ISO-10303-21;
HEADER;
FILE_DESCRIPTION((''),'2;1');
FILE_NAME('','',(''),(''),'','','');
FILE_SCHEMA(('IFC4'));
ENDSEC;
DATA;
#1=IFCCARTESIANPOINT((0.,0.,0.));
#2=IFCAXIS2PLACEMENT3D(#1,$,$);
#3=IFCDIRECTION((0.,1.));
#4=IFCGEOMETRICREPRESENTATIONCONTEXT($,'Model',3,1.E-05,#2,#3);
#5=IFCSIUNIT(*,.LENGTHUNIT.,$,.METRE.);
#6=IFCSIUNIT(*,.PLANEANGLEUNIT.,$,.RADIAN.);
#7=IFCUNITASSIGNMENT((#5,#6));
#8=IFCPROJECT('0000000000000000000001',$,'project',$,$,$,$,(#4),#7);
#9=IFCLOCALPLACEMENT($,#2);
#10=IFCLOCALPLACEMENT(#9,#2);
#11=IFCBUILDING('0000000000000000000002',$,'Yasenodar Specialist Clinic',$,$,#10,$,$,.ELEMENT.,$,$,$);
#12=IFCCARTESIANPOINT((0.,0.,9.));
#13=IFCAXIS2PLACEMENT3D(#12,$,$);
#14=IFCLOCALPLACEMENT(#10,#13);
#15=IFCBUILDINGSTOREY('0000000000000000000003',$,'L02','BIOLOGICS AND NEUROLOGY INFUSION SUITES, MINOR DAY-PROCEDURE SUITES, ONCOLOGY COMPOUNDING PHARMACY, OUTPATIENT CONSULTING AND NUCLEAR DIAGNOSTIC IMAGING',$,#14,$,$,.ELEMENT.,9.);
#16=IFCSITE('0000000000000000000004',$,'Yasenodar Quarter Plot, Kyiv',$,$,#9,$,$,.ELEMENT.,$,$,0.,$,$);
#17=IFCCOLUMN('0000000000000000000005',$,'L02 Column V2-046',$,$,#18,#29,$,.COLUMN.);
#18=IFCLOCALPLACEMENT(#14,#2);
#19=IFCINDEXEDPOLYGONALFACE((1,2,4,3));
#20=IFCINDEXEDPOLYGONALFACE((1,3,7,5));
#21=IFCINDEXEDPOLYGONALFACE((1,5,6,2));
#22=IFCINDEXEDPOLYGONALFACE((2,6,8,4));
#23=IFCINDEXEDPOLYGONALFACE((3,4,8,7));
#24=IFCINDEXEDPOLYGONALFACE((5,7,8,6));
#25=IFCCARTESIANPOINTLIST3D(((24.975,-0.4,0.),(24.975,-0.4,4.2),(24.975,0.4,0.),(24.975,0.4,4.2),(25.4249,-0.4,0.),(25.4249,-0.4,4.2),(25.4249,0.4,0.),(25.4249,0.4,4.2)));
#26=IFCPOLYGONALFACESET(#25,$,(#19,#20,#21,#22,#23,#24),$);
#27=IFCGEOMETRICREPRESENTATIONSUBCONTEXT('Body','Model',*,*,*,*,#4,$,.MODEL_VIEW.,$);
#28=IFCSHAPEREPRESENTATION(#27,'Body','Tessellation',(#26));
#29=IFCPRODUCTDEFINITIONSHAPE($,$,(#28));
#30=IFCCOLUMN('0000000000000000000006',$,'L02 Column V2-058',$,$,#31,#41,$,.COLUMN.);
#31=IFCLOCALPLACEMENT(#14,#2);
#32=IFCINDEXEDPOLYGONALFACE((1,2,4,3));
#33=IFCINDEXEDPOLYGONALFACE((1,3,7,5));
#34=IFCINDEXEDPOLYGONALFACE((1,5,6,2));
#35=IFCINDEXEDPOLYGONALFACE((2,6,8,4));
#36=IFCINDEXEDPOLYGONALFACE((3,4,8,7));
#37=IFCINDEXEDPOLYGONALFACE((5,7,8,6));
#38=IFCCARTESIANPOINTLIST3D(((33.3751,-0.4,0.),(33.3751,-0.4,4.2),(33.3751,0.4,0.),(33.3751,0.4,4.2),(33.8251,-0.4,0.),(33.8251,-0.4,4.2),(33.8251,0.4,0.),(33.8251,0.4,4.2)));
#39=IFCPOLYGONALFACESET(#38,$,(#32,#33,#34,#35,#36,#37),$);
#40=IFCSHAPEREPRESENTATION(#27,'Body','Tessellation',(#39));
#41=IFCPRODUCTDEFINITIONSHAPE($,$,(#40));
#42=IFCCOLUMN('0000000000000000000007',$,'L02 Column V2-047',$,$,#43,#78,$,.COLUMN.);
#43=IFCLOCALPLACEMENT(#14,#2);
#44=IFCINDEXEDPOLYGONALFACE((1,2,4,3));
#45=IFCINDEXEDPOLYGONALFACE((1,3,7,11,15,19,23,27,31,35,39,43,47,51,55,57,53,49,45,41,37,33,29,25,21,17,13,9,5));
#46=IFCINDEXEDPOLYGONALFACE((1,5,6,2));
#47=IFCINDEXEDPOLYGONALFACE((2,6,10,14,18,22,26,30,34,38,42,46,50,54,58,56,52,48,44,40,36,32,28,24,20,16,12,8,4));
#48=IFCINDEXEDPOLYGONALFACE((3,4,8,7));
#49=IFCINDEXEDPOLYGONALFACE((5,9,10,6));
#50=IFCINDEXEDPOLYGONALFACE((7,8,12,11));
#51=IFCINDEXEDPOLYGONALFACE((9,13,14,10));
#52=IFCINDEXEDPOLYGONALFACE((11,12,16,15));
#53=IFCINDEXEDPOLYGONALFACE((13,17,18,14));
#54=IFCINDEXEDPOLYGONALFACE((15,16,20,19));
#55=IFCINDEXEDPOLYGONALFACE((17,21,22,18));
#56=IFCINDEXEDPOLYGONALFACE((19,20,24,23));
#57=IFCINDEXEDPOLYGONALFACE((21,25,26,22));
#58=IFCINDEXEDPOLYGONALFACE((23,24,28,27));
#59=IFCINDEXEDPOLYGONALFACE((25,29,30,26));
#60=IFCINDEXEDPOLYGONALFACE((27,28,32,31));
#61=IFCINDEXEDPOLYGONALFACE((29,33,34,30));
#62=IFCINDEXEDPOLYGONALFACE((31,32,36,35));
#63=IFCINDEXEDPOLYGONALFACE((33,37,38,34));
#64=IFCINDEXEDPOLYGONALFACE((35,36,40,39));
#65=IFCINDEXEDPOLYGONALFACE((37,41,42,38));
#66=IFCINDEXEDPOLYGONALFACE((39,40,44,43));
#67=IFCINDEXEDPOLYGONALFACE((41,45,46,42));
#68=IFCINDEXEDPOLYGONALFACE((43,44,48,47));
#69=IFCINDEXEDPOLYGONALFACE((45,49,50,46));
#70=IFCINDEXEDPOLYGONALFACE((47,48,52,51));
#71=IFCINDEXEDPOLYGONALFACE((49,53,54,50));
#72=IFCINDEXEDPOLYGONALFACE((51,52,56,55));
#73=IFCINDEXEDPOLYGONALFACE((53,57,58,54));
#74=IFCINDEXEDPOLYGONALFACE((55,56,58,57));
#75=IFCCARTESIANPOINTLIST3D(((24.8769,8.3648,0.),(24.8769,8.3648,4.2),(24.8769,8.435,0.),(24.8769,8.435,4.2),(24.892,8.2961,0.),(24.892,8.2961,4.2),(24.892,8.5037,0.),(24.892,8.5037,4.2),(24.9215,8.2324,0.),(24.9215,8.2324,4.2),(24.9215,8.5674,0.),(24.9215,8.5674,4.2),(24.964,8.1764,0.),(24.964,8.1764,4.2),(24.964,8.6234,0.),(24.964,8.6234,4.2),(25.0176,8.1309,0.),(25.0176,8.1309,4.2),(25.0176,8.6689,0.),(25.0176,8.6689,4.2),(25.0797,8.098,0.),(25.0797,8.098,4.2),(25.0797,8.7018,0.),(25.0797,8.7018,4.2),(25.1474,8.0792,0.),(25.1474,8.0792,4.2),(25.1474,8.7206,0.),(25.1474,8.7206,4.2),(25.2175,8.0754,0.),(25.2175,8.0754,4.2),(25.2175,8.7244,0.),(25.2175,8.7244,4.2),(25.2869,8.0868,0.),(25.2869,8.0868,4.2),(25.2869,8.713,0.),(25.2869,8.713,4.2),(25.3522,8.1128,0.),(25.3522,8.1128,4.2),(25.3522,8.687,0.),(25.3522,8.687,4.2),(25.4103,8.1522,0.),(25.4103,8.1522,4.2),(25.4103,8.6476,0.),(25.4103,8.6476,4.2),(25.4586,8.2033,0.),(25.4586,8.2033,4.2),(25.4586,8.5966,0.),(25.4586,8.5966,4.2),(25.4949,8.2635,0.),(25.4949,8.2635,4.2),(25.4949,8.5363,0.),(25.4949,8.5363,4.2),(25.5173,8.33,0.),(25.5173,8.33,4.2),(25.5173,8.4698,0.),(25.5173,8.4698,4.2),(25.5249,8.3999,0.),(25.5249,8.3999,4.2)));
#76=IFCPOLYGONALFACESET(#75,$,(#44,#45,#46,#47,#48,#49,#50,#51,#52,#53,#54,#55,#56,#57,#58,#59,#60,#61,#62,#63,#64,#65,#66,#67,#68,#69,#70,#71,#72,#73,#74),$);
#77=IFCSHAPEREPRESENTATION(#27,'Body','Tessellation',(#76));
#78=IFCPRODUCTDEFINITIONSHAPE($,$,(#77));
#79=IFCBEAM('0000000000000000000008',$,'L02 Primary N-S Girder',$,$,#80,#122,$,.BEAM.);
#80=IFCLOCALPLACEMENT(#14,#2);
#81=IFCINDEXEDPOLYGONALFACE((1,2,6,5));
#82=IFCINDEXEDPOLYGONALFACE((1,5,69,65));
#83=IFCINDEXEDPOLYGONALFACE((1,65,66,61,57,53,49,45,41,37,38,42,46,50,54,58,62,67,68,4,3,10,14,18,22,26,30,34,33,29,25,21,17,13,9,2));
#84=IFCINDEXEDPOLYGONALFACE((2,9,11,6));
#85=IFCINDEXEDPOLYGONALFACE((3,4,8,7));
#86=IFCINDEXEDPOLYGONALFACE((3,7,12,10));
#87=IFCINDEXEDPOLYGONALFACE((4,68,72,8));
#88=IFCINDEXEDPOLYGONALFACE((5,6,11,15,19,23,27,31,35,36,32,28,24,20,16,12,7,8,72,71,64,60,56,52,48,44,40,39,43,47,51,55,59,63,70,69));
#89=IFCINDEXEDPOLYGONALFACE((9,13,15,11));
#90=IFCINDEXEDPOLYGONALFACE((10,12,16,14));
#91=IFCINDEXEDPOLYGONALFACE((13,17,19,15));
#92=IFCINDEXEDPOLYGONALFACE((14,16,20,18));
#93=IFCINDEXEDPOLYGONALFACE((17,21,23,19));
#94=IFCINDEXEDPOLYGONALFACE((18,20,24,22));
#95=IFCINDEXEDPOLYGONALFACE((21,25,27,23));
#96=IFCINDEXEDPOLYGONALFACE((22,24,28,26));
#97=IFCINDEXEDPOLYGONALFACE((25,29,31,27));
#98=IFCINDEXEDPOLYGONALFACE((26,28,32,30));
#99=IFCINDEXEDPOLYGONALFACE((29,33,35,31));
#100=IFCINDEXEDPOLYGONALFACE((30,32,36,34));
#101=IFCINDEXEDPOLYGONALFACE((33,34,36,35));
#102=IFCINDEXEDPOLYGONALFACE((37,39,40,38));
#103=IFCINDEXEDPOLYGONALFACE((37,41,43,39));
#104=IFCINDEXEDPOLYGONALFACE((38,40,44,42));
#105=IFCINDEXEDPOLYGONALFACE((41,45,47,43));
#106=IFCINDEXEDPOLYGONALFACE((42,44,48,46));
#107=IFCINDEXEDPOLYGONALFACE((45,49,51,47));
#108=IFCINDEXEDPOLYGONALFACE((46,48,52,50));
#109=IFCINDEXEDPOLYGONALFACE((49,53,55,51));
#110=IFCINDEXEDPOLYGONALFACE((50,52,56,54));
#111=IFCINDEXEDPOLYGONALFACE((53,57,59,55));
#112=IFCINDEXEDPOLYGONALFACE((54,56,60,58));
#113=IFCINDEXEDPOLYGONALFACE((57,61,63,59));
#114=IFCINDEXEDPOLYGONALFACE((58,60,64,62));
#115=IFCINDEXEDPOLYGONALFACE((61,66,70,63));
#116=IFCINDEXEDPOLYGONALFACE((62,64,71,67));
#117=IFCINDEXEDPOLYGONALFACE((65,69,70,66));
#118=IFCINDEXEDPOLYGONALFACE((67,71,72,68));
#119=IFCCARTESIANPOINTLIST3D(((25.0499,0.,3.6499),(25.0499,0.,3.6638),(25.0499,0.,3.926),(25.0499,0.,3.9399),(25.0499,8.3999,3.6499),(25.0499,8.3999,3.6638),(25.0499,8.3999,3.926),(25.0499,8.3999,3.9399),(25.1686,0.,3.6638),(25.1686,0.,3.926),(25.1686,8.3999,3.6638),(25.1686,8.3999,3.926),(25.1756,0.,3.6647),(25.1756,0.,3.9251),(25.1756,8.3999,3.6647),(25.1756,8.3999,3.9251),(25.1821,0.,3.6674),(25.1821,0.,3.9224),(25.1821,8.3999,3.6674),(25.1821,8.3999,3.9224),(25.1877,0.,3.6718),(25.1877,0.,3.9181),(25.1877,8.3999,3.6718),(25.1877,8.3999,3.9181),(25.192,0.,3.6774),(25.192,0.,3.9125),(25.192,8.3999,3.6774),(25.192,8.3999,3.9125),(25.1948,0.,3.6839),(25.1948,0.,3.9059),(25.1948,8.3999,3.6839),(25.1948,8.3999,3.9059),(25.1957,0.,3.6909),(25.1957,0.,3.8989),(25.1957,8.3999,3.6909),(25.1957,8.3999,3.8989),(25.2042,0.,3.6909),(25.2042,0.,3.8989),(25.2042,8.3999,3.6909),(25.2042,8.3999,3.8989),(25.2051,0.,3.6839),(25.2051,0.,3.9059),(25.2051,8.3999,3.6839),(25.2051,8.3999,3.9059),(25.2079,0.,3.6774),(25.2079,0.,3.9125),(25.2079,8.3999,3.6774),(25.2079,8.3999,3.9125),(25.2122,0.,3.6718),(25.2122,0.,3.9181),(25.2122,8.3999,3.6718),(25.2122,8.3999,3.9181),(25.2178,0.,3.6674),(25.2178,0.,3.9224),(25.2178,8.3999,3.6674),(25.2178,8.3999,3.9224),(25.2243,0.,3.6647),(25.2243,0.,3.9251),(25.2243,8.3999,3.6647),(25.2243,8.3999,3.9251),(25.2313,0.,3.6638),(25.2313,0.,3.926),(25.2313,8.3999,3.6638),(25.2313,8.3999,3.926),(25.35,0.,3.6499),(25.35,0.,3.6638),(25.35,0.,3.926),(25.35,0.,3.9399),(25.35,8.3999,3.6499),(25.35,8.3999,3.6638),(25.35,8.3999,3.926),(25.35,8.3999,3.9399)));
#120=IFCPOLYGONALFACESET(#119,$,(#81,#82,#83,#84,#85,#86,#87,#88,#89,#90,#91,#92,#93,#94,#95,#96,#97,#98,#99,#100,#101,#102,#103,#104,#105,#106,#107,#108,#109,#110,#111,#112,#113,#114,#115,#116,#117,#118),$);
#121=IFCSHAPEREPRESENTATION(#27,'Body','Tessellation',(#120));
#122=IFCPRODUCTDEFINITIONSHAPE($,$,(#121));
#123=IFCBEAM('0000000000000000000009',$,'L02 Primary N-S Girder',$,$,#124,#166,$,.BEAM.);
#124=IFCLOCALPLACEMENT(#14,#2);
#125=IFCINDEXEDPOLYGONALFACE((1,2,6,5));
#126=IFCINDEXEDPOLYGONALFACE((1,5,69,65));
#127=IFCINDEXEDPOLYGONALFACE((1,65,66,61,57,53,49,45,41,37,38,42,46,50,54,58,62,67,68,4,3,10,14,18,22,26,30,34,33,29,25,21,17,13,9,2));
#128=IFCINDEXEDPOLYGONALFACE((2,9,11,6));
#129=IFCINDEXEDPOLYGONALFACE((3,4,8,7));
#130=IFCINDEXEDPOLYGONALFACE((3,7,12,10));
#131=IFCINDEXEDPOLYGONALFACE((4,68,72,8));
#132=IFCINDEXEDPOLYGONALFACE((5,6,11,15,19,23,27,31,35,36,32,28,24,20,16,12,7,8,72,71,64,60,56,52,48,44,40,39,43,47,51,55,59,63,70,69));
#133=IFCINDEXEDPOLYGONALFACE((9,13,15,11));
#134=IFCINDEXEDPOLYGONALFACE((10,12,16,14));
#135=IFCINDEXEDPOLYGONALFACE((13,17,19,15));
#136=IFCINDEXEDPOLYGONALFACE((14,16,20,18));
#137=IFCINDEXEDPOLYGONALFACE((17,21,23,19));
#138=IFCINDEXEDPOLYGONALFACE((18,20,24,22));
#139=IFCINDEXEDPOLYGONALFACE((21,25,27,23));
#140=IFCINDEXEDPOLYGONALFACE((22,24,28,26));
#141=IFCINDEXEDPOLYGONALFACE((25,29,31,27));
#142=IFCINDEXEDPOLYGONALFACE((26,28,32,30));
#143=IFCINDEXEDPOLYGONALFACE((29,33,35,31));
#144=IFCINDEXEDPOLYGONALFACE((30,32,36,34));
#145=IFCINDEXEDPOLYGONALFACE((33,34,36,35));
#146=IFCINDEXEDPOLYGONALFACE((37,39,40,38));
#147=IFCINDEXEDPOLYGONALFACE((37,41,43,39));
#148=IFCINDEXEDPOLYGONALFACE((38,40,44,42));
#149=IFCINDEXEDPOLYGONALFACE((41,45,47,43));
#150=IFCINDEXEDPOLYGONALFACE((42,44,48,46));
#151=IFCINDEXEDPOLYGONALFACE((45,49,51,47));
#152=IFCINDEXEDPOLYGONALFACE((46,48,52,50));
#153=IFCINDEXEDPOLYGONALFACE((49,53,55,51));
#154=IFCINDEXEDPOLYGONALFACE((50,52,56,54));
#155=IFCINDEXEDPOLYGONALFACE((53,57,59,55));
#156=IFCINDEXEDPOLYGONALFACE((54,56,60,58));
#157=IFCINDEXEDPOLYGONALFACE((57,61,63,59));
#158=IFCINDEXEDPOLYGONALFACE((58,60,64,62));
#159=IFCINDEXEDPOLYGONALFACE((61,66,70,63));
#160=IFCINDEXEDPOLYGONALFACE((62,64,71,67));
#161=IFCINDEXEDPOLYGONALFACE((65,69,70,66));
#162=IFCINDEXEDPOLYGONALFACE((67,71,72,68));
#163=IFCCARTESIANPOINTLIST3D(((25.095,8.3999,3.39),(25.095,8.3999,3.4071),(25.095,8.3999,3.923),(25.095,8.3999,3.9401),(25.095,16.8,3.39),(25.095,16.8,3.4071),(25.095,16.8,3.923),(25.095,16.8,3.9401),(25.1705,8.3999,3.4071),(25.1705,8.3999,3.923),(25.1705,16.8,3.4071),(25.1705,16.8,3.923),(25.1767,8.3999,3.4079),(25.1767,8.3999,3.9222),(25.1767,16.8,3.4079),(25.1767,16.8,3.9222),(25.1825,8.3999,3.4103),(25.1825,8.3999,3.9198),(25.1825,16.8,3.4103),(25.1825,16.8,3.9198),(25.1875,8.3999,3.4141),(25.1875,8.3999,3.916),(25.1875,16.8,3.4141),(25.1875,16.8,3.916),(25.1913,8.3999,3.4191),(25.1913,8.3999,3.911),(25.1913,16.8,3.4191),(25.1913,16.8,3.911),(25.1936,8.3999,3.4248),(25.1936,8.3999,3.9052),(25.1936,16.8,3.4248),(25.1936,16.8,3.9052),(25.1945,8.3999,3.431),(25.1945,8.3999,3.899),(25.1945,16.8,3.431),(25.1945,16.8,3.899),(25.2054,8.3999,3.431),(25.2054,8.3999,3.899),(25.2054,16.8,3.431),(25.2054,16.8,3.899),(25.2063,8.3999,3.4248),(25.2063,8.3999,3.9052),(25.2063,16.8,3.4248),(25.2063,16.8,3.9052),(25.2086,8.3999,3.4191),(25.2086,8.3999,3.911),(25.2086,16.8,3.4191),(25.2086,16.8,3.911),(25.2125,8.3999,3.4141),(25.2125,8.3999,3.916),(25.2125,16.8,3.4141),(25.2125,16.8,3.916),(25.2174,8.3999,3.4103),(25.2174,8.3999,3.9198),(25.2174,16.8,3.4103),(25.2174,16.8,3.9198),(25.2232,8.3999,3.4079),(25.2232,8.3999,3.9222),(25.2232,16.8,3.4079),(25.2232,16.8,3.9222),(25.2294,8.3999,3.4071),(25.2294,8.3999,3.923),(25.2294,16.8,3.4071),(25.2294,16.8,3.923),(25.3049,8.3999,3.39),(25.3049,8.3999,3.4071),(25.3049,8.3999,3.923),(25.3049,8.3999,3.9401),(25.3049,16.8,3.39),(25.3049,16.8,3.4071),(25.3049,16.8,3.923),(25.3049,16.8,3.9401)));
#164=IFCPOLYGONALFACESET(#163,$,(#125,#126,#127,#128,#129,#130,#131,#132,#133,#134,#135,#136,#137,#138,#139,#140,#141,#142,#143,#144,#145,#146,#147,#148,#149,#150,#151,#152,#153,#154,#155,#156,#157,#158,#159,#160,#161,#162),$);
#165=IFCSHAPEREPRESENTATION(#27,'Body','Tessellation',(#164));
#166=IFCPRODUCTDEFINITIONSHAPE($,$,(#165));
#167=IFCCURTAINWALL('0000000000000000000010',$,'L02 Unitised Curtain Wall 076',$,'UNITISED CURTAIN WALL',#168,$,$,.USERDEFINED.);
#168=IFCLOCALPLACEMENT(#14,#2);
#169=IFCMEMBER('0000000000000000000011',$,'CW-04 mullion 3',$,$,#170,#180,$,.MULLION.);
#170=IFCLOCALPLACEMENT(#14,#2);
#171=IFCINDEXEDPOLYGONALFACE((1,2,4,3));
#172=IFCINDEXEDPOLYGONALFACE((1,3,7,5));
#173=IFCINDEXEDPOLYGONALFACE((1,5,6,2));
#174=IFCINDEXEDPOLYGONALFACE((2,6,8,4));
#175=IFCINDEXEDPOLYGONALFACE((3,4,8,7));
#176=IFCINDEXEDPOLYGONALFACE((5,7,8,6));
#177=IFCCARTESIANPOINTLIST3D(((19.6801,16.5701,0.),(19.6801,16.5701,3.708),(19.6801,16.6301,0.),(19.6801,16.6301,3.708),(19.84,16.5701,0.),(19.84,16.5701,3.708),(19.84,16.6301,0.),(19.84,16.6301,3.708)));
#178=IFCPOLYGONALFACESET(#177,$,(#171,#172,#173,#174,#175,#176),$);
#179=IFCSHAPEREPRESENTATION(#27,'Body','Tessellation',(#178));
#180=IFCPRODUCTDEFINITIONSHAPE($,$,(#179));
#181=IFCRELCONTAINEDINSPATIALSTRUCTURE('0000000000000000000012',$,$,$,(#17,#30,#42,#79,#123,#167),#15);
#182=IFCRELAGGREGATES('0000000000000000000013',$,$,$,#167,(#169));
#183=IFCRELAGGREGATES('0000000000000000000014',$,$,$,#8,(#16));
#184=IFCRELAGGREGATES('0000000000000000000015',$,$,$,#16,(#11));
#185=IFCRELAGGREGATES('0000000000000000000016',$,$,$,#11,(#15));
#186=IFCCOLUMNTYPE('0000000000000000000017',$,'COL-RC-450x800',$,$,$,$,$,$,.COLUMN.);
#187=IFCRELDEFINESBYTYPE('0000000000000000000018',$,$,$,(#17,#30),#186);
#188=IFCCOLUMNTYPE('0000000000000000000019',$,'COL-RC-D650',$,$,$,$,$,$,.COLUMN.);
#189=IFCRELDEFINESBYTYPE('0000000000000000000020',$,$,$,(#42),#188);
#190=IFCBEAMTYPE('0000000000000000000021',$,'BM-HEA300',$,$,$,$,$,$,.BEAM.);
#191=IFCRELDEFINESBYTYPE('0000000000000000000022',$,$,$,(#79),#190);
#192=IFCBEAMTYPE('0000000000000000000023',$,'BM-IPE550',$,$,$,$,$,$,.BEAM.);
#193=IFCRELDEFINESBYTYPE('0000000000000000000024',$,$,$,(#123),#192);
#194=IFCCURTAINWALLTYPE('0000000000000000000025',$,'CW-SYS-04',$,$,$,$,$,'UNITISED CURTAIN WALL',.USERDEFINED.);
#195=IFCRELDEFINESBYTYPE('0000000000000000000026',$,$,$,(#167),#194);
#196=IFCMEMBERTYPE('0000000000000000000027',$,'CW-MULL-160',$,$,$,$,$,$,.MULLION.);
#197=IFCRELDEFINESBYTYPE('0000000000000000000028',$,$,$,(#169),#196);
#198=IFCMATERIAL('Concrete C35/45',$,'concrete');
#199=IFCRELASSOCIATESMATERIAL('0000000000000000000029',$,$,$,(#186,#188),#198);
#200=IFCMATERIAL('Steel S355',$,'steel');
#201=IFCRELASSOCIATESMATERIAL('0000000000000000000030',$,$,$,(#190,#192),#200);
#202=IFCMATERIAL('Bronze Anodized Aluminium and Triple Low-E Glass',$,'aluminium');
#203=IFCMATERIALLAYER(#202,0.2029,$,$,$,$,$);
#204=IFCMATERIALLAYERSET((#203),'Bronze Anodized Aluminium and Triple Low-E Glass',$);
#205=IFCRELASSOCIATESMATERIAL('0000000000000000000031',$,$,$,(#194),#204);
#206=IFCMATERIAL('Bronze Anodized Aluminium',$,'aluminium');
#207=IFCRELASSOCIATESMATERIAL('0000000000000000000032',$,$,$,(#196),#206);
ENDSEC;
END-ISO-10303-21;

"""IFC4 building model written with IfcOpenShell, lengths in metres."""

from ifc_helpers import new_model, si_unit, direction, frame, origin, origin_2d, place, context, subcontext, project, spatial, rectangle, circle, i_section, extrude, material, layer, layer_set, material_profile, profile_set, type_object, element, aggregate, save


model = new_model("IFC4")

# Units and contexts
model_context = context("Model", 3, precision=1e-05, world=origin(), true_north=direction((0.0, 1.0)))
body_context = subcontext(model_context, "Body", "Model", "MODEL_VIEW")
ifc_project = project(units=[si_unit("LENGTHUNIT", "METRE"), si_unit("PLANEANGLEUNIT", "RADIAN")], contexts=[model_context])

# Site, building, storey
site_placement = place(None, origin())
site = spatial("IfcSite", under=ifc_project, at=site_placement, Name="Yasenodar Quarter Plot, Kyiv", CompositionType="ELEMENT", RefElevation=0.0)
building_placement = place(site_placement, origin())
building = spatial("IfcBuilding", under=site, at=building_placement, Name="Yasenodar Specialist Clinic", CompositionType="ELEMENT")
storey_placement = place(building_placement, frame((0.0, 0.0, 9.0)))
storey = spatial("IfcBuildingStorey", under=building, at=storey_placement, Name="L02", Description="BIOLOGICS AND NEUROLOGY INFUSION SUITES, MINOR DAY-PROCEDURE SUITES, ONCOLOGY COMPOUNDING PHARMACY, OUTPATIENT CONSULTING AND NUCLEAR DIAGNOSTIC IMAGING", CompositionType="ELEMENT", Elevation=9.0)

# Columns
ifc_material_1 = material(Name="Concrete C35/45", Category="concrete")
ifc_material_profile_1 = material_profile(ifc_material_1, rectangle(XDim=0.45, YDim=0.8, at=origin_2d()), Name="RC 450x800")
ifc_profile_set_1 = profile_set([ifc_material_profile_1], Name="Concrete C35/45")
column_type_1 = type_object("IfcColumnType", Name="COL-RC-450x800", PredefinedType="COLUMN", material=ifc_profile_set_1)
for number, where, z_axis, x_axis, name in (
    (1, (25.2, 0.0, 0.0), (0.0, 0.0, 1.0), (1.0, 0.0, 0.0), "L02 Column V2-046"),
    (2, (33.6001, 0.0, 0.0), (0.0, 0.0, 1.0), (1.0, 0.0, 0.0), "L02 Column V2-058"),
):
    element("IfcColumn", number, at=place(storey_placement, frame(where, z_axis=z_axis, x_axis=x_axis)), inside=storey, type_object=column_type_1, Name=name, PredefinedType="COLUMN", context=body_context, shape_type="SweptSolid", body=[
        extrude(rectangle(XDim=0.45, YDim=0.8, at=origin_2d()), origin(), (0.0, 0.0, 1.0), 4.2),
    ])
ifc_material_profile_2 = material_profile(ifc_material_1, circle(Radius=0.325, at=origin_2d()), Name="RC D650")
ifc_profile_set_2 = profile_set([ifc_material_profile_2], Name="Concrete C35/45")
column_type_2 = type_object("IfcColumnType", Name="COL-RC-D650", PredefinedType="COLUMN", material=ifc_profile_set_2)
column_placement = place(storey_placement, frame((25.2, 8.3999, 0.0), z_axis=(0.0, 0.0, 1.0), x_axis=(1.0, 0.0, 0.0)))
element("IfcColumn", 3, at=column_placement, inside=storey, type_object=column_type_2, Name="L02 Column V2-047", PredefinedType="COLUMN", context=body_context, shape_type="SweptSolid", body=[
    extrude(circle(Radius=0.325, at=origin_2d()), origin(), (0.0, 0.0, 1.0), 4.2),
])

# Beams
ifc_material_2 = material(Name="Steel S355", Category="steel")
ifc_material_profile_3 = material_profile(ifc_material_2, i_section(OverallWidth=0.3, OverallDepth=0.29, WebThickness=0.0085, FlangeThickness=0.0139, FilletRadius=0.0271, at=origin_2d()), Name="HEA 300")
ifc_profile_set_3 = profile_set([ifc_material_profile_3], Name="Steel S355")
beam_type_1 = type_object("IfcBeamType", Name="BM-HEA300", PredefinedType="BEAM", material=ifc_profile_set_3)
beam_1_placement = place(storey_placement, frame((25.2, 0.0, 3.7949), z_axis=(0.0, 1.0, 0.0), x_axis=(-1.0, 0.0, 0.0)))
element("IfcBeam", 4, at=beam_1_placement, inside=storey, type_object=beam_type_1, Name="L02 Primary N-S Girder", PredefinedType="BEAM", context=body_context, shape_type="SweptSolid", body=[
    extrude(i_section(OverallWidth=0.3, OverallDepth=0.29, WebThickness=0.0085, FlangeThickness=0.0139, FilletRadius=0.0271, at=origin_2d()), origin(), (0.0, 0.0, 1.0), 8.3999),
])
ifc_material_profile_4 = material_profile(ifc_material_2, i_section(OverallWidth=0.21, OverallDepth=0.55, WebThickness=0.011, FlangeThickness=0.0171, FilletRadius=0.0239, at=origin_2d()), Name="IPE 550")
ifc_profile_set_4 = profile_set([ifc_material_profile_4], Name="Steel S355")
beam_type_2 = type_object("IfcBeamType", Name="BM-IPE550", PredefinedType="BEAM", material=ifc_profile_set_4)
beam_2_placement = place(storey_placement, frame((25.2, 8.3999, 3.665), z_axis=(0.0, 1.0, 0.0), x_axis=(-1.0, 0.0, 0.0)))
element("IfcBeam", 5, at=beam_2_placement, inside=storey, type_object=beam_type_2, Name="L02 Primary N-S Girder", PredefinedType="BEAM", context=body_context, shape_type="SweptSolid", body=[
    extrude(i_section(OverallWidth=0.21, OverallDepth=0.55, WebThickness=0.011, FlangeThickness=0.0171, FilletRadius=0.0239, at=origin_2d()), origin(), (0.0, 0.0, 1.0), 8.4001),
])

# Curtain wall, member
ifc_material_3 = material(Name="Bronze Anodized Aluminium and Triple Low-E Glass", Category="aluminium")
ifc_layer_1 = layer(ifc_material_3, 0.2029)
ifc_layer_set_1 = layer_set([ifc_layer_1], Name="Bronze Anodized Aluminium and Triple Low-E Glass")
curtain_wall_type = type_object("IfcCurtainWallType", Name="CW-SYS-04", ElementType="UNITISED CURTAIN WALL", PredefinedType="USERDEFINED", material=ifc_layer_set_1)
curtain_wall_placement = place(storey_placement, origin())
curtain_wall = element("IfcCurtainWall", 6, at=curtain_wall_placement, inside=storey, type_object=curtain_wall_type, Name="L02 Unitised Curtain Wall 076", ObjectType="UNITISED CURTAIN WALL", PredefinedType="USERDEFINED")
ifc_material_4 = material(Name="Bronze Anodized Aluminium", Category="aluminium")
ifc_material_profile_5 = material_profile(ifc_material_4, rectangle(XDim=0.0601, YDim=0.1599, at=origin_2d()), Name="CW-MULL 60x160")
ifc_profile_set_5 = profile_set([ifc_material_profile_5], Name="Bronze Anodized Aluminium")
member_type_1 = type_object("IfcMemberType", Name="CW-MULL-160", PredefinedType="MULLION", material=ifc_profile_set_5)
member_1_placement = place(storey_placement, frame((19.76, 16.6001, 0.0), z_axis=(0.0, 0.0, 1.0), x_axis=(0.0, 1.0, 0.0)))
member_1 = element("IfcMember", 7, at=member_1_placement, type_object=member_type_1, Name="CW-04 mullion 3", PredefinedType="MULLION", context=body_context, shape_type="SweptSolid", body=[
    extrude(rectangle(XDim=0.0601, YDim=0.1599, at=origin_2d()), origin(), (0.0, 0.0, 1.0), 3.708),
])

aggregate(curtain_wall, [member_1])

save(model, "model.ifc")
